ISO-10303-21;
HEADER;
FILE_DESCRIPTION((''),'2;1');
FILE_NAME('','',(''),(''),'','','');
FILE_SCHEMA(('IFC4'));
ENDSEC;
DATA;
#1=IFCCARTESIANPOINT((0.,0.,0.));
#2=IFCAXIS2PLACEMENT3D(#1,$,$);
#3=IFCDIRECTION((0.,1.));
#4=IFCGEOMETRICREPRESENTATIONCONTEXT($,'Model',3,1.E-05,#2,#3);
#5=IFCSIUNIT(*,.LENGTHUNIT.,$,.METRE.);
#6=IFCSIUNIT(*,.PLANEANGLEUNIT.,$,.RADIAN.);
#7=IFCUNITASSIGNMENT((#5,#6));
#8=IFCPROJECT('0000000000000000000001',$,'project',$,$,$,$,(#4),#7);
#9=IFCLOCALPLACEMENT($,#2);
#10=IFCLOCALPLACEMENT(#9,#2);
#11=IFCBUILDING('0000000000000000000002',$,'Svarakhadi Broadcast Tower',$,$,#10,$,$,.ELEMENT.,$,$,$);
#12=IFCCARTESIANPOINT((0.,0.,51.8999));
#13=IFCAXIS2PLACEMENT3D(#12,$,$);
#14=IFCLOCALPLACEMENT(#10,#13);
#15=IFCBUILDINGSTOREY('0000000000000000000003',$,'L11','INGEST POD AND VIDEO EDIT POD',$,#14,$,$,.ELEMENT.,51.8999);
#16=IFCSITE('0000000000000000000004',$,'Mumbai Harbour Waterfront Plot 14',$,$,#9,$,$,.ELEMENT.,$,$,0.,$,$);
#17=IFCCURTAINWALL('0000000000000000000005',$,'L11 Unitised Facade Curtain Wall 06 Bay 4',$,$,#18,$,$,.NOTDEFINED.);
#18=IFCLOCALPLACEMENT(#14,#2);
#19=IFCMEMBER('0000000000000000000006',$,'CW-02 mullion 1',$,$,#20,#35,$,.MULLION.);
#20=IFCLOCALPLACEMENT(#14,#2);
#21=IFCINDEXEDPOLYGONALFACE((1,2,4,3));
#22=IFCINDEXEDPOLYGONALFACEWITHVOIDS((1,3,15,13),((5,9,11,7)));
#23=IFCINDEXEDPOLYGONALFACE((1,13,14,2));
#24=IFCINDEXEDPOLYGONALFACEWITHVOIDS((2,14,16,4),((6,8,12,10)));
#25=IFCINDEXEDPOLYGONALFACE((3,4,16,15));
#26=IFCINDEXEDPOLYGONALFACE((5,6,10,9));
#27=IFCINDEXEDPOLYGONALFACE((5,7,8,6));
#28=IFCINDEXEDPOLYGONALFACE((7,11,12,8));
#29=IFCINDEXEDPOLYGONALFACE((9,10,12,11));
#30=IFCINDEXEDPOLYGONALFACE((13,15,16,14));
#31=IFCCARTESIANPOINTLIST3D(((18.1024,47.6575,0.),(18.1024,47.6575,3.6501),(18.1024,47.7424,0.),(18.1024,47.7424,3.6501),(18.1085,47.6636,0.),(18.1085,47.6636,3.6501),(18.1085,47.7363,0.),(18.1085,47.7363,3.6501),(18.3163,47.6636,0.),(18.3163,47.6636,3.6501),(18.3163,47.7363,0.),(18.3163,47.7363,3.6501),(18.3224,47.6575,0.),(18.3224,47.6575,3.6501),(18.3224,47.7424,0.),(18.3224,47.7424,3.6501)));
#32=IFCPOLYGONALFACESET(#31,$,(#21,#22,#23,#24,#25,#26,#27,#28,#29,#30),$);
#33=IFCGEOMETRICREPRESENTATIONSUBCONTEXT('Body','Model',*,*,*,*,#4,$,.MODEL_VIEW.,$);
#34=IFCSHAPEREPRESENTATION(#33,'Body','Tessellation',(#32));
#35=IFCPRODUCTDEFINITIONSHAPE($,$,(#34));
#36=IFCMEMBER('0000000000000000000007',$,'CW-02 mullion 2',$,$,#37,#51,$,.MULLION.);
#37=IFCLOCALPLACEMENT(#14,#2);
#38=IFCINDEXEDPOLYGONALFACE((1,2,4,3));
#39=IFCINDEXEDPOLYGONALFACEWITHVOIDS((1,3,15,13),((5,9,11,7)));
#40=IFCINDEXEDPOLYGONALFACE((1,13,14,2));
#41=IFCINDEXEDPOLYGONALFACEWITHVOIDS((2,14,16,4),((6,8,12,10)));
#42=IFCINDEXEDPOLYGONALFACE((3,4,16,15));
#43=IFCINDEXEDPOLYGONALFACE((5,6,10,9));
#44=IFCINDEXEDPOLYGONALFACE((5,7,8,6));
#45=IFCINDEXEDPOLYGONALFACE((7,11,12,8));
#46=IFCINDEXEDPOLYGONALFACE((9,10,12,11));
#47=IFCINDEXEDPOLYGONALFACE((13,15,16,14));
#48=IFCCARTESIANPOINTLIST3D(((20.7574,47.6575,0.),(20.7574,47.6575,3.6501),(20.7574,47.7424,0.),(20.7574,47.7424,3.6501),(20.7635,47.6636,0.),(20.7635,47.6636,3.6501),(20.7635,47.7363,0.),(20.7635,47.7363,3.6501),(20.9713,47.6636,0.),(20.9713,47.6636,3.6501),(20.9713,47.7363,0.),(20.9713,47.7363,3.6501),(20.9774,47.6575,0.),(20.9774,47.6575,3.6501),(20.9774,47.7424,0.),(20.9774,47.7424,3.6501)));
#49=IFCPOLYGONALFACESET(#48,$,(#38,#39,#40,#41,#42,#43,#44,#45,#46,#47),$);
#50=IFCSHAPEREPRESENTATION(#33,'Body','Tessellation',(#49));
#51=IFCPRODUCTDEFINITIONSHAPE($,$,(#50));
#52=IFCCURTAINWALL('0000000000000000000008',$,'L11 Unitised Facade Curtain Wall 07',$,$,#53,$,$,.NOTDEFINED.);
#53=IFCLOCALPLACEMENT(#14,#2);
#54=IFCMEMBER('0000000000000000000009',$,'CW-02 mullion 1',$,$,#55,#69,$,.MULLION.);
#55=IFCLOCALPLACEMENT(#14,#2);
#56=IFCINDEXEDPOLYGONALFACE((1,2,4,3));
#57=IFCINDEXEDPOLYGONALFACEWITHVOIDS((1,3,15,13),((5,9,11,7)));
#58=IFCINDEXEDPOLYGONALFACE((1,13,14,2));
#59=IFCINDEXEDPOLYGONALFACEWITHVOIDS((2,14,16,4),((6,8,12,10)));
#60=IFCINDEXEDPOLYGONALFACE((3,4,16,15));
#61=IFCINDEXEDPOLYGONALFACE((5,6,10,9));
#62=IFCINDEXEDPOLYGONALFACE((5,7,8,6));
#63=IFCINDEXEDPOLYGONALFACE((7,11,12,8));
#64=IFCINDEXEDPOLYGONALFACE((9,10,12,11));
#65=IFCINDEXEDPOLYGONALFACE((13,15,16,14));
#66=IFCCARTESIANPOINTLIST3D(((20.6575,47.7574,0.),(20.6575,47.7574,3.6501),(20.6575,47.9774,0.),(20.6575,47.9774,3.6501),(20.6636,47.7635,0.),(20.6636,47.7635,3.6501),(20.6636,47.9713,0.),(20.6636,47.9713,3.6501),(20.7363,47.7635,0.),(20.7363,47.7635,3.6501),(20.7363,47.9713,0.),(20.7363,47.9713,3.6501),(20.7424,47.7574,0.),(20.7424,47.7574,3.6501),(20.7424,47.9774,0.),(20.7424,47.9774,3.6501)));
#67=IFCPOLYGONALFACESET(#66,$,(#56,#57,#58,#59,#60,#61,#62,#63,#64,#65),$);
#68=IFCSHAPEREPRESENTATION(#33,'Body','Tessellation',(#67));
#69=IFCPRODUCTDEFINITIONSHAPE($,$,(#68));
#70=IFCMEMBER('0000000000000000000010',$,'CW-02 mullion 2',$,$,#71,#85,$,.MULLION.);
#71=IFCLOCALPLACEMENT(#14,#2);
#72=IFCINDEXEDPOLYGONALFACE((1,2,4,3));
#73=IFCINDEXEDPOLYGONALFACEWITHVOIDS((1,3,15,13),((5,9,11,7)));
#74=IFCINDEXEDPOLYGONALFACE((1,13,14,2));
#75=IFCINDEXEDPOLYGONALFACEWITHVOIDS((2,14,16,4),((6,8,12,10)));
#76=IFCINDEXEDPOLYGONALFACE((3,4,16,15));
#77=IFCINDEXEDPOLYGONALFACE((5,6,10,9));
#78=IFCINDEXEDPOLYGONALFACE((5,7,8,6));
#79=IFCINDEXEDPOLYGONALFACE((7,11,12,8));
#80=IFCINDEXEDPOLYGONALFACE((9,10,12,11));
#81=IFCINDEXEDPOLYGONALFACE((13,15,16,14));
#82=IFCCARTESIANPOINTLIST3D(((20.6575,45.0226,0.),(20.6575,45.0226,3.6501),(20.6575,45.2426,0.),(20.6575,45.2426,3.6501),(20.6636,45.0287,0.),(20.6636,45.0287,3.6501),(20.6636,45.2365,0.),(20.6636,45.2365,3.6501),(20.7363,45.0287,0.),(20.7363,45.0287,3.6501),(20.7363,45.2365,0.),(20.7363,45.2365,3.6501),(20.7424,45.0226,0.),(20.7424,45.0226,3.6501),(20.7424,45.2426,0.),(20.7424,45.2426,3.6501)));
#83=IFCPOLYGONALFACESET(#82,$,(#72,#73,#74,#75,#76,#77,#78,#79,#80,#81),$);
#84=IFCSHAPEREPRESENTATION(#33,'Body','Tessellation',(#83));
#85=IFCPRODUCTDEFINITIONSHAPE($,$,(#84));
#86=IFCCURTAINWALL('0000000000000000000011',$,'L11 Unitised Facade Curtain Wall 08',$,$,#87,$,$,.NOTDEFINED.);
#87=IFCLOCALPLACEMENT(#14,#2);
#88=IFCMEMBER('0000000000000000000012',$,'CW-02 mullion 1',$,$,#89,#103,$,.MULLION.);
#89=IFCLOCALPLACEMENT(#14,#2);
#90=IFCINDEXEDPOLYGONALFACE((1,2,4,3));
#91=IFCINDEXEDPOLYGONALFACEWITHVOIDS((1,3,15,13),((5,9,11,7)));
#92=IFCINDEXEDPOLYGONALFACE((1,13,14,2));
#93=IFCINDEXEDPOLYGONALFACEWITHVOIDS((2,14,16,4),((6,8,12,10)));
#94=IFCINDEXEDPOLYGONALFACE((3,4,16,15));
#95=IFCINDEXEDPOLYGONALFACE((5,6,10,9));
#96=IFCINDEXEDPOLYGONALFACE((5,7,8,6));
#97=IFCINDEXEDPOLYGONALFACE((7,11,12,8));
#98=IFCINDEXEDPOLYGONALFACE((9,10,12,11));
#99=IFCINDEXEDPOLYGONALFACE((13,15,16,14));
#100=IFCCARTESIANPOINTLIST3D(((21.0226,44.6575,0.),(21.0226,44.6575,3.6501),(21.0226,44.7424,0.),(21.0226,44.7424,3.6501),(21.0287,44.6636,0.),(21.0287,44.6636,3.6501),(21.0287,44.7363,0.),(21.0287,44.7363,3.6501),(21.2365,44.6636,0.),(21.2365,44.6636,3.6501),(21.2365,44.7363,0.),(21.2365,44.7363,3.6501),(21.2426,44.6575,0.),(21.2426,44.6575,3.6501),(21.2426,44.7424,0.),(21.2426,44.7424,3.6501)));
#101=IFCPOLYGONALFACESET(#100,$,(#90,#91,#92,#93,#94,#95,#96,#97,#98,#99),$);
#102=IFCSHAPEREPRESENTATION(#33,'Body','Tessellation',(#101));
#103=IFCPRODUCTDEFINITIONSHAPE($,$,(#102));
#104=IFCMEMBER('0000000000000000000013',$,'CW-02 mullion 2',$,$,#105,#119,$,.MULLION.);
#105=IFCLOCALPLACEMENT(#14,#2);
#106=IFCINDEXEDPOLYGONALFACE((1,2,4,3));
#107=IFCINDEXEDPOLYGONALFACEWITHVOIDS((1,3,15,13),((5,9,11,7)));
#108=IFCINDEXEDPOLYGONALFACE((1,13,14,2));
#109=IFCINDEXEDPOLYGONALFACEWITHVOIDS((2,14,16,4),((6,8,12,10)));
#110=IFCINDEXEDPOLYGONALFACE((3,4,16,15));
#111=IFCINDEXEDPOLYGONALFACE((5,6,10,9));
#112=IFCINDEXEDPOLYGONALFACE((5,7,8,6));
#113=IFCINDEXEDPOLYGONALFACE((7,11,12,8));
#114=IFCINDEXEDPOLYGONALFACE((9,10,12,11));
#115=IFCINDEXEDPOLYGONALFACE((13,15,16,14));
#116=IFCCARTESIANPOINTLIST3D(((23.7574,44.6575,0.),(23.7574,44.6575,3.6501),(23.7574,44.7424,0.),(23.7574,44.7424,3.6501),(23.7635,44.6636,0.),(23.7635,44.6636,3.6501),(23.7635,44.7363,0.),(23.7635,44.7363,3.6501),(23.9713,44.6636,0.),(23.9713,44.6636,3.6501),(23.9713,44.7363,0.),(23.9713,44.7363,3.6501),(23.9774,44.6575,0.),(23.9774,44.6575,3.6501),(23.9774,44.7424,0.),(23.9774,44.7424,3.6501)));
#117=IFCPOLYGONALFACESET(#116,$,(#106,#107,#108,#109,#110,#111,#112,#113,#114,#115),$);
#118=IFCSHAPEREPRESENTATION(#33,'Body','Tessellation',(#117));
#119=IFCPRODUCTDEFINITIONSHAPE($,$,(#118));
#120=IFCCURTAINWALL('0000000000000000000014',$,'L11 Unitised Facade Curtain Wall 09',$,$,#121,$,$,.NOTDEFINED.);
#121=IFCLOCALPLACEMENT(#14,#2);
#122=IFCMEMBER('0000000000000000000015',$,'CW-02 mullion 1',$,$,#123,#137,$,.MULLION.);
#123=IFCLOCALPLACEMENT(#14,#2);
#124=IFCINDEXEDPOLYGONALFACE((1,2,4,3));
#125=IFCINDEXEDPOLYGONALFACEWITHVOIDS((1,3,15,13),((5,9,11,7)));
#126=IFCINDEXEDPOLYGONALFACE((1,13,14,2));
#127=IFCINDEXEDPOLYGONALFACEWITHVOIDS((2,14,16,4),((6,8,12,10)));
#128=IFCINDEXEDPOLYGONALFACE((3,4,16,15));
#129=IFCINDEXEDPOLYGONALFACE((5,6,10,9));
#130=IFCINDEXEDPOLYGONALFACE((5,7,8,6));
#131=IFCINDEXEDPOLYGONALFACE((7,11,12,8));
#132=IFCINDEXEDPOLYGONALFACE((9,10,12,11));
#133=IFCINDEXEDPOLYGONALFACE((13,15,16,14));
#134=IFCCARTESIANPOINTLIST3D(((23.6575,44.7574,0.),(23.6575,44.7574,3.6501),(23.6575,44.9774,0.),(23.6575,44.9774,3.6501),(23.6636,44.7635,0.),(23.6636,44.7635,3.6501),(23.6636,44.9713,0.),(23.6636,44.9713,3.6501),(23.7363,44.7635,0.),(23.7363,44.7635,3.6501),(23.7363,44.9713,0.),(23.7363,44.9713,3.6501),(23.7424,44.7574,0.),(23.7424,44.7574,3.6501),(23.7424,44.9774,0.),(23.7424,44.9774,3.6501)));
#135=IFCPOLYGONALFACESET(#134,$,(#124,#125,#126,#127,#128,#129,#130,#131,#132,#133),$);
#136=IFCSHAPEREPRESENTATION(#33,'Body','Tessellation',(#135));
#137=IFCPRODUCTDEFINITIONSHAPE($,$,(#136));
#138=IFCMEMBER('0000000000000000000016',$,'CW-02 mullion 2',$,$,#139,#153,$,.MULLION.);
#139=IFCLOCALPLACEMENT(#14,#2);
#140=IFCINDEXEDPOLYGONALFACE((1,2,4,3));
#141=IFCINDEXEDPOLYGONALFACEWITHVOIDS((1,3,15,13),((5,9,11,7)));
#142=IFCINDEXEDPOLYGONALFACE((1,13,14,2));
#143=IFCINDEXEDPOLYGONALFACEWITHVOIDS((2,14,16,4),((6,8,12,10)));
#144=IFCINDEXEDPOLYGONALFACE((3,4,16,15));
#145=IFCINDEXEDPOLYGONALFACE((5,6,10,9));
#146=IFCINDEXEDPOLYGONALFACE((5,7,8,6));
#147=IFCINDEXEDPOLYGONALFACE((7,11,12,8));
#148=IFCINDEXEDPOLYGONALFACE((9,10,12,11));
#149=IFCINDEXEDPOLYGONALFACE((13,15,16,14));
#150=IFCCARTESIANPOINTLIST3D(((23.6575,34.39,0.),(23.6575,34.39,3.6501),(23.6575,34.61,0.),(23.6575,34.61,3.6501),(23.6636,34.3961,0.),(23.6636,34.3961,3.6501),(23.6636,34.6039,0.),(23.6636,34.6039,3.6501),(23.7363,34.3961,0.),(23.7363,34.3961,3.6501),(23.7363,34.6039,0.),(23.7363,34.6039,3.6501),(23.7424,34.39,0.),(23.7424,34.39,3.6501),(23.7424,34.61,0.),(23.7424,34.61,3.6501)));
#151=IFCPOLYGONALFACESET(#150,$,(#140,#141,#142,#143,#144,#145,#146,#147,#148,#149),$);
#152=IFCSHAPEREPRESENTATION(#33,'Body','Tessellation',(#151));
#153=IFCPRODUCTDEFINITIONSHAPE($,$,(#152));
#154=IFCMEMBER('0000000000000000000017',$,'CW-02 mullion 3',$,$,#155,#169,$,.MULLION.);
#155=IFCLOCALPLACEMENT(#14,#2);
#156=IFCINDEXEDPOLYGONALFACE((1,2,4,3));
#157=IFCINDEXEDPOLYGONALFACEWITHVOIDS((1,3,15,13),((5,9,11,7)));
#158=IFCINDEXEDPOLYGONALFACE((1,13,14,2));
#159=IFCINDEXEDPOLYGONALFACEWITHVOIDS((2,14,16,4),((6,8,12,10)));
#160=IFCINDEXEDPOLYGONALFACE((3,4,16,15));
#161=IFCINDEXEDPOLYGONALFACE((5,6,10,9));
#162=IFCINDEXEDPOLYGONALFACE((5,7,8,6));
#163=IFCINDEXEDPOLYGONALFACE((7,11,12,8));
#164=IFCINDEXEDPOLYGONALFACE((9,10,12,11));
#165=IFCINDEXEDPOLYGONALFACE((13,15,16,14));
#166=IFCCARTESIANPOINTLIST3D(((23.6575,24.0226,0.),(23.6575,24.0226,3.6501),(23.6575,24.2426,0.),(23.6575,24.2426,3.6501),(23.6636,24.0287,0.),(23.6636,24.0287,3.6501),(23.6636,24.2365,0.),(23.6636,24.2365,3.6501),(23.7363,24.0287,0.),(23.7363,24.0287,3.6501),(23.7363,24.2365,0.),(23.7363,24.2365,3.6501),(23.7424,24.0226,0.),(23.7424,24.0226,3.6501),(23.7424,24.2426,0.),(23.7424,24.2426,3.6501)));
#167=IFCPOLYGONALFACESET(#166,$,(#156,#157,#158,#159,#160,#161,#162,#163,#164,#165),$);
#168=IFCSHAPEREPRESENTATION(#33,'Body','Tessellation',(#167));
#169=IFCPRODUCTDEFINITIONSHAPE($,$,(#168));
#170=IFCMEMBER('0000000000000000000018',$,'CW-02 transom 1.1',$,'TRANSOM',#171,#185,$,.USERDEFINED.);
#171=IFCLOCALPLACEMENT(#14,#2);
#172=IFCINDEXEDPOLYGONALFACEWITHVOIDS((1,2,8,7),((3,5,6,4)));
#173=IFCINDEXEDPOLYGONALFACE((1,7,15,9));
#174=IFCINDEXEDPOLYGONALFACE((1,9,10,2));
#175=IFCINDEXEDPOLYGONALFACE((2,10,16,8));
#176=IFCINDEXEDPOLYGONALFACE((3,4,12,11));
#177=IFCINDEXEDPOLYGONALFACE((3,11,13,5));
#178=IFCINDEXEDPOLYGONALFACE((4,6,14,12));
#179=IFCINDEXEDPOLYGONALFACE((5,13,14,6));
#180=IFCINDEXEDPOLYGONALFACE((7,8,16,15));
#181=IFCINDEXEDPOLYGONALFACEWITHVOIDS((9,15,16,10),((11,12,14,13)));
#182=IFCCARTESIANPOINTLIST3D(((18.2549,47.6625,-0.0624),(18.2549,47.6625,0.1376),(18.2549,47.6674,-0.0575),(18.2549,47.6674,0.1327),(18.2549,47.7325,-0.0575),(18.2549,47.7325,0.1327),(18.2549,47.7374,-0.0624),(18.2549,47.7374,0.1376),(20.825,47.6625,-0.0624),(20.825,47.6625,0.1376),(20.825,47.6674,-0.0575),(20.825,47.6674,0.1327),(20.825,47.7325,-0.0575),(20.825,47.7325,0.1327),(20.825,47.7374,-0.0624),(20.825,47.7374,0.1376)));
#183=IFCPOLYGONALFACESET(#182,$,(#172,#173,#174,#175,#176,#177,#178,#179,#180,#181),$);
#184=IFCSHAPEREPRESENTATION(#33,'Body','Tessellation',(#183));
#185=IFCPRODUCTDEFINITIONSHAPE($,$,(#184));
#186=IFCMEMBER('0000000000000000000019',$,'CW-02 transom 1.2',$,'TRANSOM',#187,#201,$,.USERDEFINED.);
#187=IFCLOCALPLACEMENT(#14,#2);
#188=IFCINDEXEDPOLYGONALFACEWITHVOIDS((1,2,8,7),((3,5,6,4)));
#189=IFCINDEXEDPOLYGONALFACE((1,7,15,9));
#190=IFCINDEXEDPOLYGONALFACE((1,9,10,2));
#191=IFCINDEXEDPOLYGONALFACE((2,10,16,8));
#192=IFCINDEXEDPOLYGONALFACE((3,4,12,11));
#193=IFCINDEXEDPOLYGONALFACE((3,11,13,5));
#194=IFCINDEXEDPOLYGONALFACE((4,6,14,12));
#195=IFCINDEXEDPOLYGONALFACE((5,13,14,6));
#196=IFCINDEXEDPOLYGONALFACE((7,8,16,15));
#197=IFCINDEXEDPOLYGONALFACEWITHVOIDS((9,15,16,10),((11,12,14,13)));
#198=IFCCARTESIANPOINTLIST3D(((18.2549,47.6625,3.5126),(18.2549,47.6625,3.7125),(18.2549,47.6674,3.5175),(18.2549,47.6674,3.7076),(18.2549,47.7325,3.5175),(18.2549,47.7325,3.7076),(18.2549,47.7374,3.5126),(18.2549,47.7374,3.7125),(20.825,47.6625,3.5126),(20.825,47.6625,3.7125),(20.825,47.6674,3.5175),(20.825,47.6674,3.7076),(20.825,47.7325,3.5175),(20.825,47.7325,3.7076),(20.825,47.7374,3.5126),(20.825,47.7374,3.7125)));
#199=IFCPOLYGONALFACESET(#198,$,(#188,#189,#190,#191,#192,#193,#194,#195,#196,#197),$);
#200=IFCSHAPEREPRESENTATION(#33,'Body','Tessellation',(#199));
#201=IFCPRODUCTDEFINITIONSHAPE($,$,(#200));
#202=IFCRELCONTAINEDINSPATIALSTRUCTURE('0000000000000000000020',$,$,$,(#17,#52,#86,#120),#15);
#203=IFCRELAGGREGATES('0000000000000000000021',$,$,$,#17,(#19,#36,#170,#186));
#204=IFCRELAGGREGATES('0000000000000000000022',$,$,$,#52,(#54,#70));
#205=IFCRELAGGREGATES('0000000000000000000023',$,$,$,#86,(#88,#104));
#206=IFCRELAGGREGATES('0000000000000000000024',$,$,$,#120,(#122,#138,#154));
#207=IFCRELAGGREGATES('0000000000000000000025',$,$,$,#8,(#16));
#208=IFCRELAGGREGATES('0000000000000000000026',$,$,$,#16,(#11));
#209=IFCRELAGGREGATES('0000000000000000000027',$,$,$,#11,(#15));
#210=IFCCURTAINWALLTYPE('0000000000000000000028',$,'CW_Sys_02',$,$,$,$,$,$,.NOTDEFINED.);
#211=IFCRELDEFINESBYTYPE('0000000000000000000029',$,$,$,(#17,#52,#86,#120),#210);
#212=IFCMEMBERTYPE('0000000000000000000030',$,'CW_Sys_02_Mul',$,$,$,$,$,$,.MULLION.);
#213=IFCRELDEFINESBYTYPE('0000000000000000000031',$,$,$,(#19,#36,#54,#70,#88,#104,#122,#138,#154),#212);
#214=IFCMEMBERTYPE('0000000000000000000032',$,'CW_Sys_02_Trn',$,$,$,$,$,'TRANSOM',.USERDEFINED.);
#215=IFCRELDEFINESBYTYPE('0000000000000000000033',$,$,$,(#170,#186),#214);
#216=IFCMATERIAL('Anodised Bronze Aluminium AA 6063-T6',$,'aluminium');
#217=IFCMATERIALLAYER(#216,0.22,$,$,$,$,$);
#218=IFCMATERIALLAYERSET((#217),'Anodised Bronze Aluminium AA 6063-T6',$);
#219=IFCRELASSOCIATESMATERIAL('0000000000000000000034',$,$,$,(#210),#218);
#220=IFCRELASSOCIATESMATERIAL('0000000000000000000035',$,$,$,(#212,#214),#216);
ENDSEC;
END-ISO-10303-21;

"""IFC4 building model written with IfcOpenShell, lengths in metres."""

from ifc_helpers import new_model, si_unit, direction, frame, origin, origin_2d, place, context, subcontext, project, spatial, hollow_rectangle, extrude, material, layer, layer_set, material_profile, profile_set, type_object, element, aggregate, save


model = new_model("IFC4")

# Units and contexts
model_context = context("Model", 3, precision=1e-05, world=origin(), true_north=direction((0.0, 1.0)))
body_context = subcontext(model_context, "Body", "Model", "MODEL_VIEW")
ifc_project = project(units=[si_unit("LENGTHUNIT", "METRE"), si_unit("PLANEANGLEUNIT", "RADIAN")], contexts=[model_context])

# Site, building, storey
site_placement = place(None, origin())
site = spatial("IfcSite", under=ifc_project, at=site_placement, Name="Mumbai Harbour Waterfront Plot 14", CompositionType="ELEMENT", RefElevation=0.0)
building_placement = place(site_placement, origin())
building = spatial("IfcBuilding", under=site, at=building_placement, Name="Svarakhadi Broadcast Tower", CompositionType="ELEMENT")
storey_placement = place(building_placement, frame((0.0, 0.0, 51.8999)))
storey = spatial("IfcBuildingStorey", under=building, at=storey_placement, Name="L11", Description="INGEST POD AND VIDEO EDIT POD", CompositionType="ELEMENT", Elevation=51.8999)

# Curtain walls, members
ifc_material_1 = material(Name="Anodised Bronze Aluminium AA 6063-T6", Category="aluminium")
ifc_layer_1 = layer(ifc_material_1, 0.22)
ifc_layer_set_1 = layer_set([ifc_layer_1], Name="Anodised Bronze Aluminium AA 6063-T6")
curtain_wall_type = type_object("IfcCurtainWallType", Name="CW_Sys_02", PredefinedType="NOTDEFINED", material=ifc_layer_set_1)
curtain_wall_1_placement = place(storey_placement, origin())
curtain_wall_1 = element("IfcCurtainWall", 1, at=curtain_wall_1_placement, inside=storey, type_object=curtain_wall_type, Name="L11 Unitised Facade Curtain Wall 06 Bay 4", PredefinedType="NOTDEFINED")
ifc_material_profile_1 = material_profile(ifc_material_1, hollow_rectangle(XDim=0.085, YDim=0.22, WallThickness=0.0061, at=origin_2d()), Name="ALU MULLION 220x85x6")
ifc_profile_set_1 = profile_set([ifc_material_profile_1], Name="Anodised Bronze Aluminium AA 6063-T6")
member_type_1 = type_object("IfcMemberType", Name="CW_Sys_02_Mul", PredefinedType="MULLION", material=ifc_profile_set_1)
member_1_placement = place(storey_placement, frame((18.2124, 47.7, 0.0), z_axis=(0.0, 0.0, 1.0), x_axis=(0.0, 1.0, 0.0)))
member_1 = element("IfcMember", 2, at=member_1_placement, type_object=member_type_1, Name="CW-02 mullion 1", PredefinedType="MULLION", context=body_context, shape_type="SweptSolid", body=[
    extrude(hollow_rectangle(XDim=0.085, YDim=0.22, WallThickness=0.0061, at=origin_2d()), origin(), (0.0, 0.0, 1.0), 3.6501),
])
member_2_placement = place(storey_placement, frame((20.8674, 47.7, 0.0), z_axis=(0.0, 0.0, 1.0), x_axis=(0.0, 1.0, 0.0)))
member_2 = element("IfcMember", 3, at=member_2_placement, type_object=member_type_1, Name="CW-02 mullion 2", PredefinedType="MULLION", context=body_context, shape_type="SweptSolid", body=[
    extrude(hollow_rectangle(XDim=0.085, YDim=0.22, WallThickness=0.0061, at=origin_2d()), origin(), (0.0, 0.0, 1.0), 3.6501),
])
curtain_wall_2_placement = place(storey_placement, origin())
curtain_wall_2 = element("IfcCurtainWall", 4, at=curtain_wall_2_placement, inside=storey, type_object=curtain_wall_type, Name="L11 Unitised Facade Curtain Wall 07", PredefinedType="NOTDEFINED")
member_3_placement = place(storey_placement, frame((20.7, 47.8674, 0.0), z_axis=(0.0, 0.0, 1.0), x_axis=(1.0, 0.0, 0.0)))
member_3 = element("IfcMember", 5, at=member_3_placement, type_object=member_type_1, Name="CW-02 mullion 1", PredefinedType="MULLION", context=body_context, shape_type="SweptSolid", body=[
    extrude(hollow_rectangle(XDim=0.085, YDim=0.22, WallThickness=0.0061, at=origin_2d()), origin(), (0.0, 0.0, 1.0), 3.6501),
])
member_4_placement = place(storey_placement, frame((20.7, 45.1326, 0.0), z_axis=(0.0, 0.0, 1.0), x_axis=(1.0, 0.0, 0.0)))
member_4 = element("IfcMember", 6, at=member_4_placement, type_object=member_type_1, Name="CW-02 mullion 2", PredefinedType="MULLION", context=body_context, shape_type="SweptSolid", body=[
    extrude(hollow_rectangle(XDim=0.085, YDim=0.22, WallThickness=0.0061, at=origin_2d()), origin(), (0.0, 0.0, 1.0), 3.6501),
])
curtain_wall_3_placement = place(storey_placement, origin())
curtain_wall_3 = element("IfcCurtainWall", 7, at=curtain_wall_3_placement, inside=storey, type_object=curtain_wall_type, Name="L11 Unitised Facade Curtain Wall 08", PredefinedType="NOTDEFINED")
member_5_placement = place(storey_placement, frame((21.1326, 44.7, 0.0), z_axis=(0.0, 0.0, 1.0), x_axis=(0.0, 1.0, 0.0)))
member_5 = element("IfcMember", 8, at=member_5_placement, type_object=member_type_1, Name="CW-02 mullion 1", PredefinedType="MULLION", context=body_context, shape_type="SweptSolid", body=[
    extrude(hollow_rectangle(XDim=0.085, YDim=0.22, WallThickness=0.0061, at=origin_2d()), origin(), (0.0, 0.0, 1.0), 3.6501),
])
member_6_placement = place(storey_placement, frame((23.8674, 44.7, 0.0), z_axis=(0.0, 0.0, 1.0), x_axis=(0.0, 1.0, 0.0)))
member_6 = element("IfcMember", 9, at=member_6_placement, type_object=member_type_1, Name="CW-02 mullion 2", PredefinedType="MULLION", context=body_context, shape_type="SweptSolid", body=[
    extrude(hollow_rectangle(XDim=0.085, YDim=0.22, WallThickness=0.0061, at=origin_2d()), origin(), (0.0, 0.0, 1.0), 3.6501),
])
curtain_wall_4_placement = place(storey_placement, origin())
curtain_wall_4 = element("IfcCurtainWall", 10, at=curtain_wall_4_placement, inside=storey, type_object=curtain_wall_type, Name="L11 Unitised Facade Curtain Wall 09", PredefinedType="NOTDEFINED")
member_7_placement = place(storey_placement, frame((23.7, 44.8674, 0.0), z_axis=(0.0, 0.0, 1.0), x_axis=(1.0, 0.0, 0.0)))
member_7 = element("IfcMember", 11, at=member_7_placement, type_object=member_type_1, Name="CW-02 mullion 1", PredefinedType="MULLION", context=body_context, shape_type="SweptSolid", body=[
    extrude(hollow_rectangle(XDim=0.085, YDim=0.22, WallThickness=0.0061, at=origin_2d()), origin(), (0.0, 0.0, 1.0), 3.6501),
])
member_8_placement = place(storey_placement, frame((23.7, 34.5, 0.0), z_axis=(0.0, 0.0, 1.0), x_axis=(1.0, 0.0, 0.0)))
member_8 = element("IfcMember", 12, at=member_8_placement, type_object=member_type_1, Name="CW-02 mullion 2", PredefinedType="MULLION", context=body_context, shape_type="SweptSolid", body=[
    extrude(hollow_rectangle(XDim=0.085, YDim=0.22, WallThickness=0.0061, at=origin_2d()), origin(), (0.0, 0.0, 1.0), 3.6501),
])
member_9_placement = place(storey_placement, frame((23.7, 24.1326, 0.0), z_axis=(0.0, 0.0, 1.0), x_axis=(1.0, 0.0, 0.0)))
member_9 = element("IfcMember", 13, at=member_9_placement, type_object=member_type_1, Name="CW-02 mullion 3", PredefinedType="MULLION", context=body_context, shape_type="SweptSolid", body=[
    extrude(hollow_rectangle(XDim=0.085, YDim=0.22, WallThickness=0.0061, at=origin_2d()), origin(), (0.0, 0.0, 1.0), 3.6501),
])

# Members
ifc_material_profile_2 = material_profile(ifc_material_1, hollow_rectangle(XDim=0.075, YDim=0.2, WallThickness=0.0049, at=origin_2d()), Name="ALU TRANSOM 200x75x5")
ifc_profile_set_2 = profile_set([ifc_material_profile_2], Name="Anodised Bronze Aluminium AA 6063-T6")
member_type_2 = type_object("IfcMemberType", Name="CW_Sys_02_Trn", ElementType="TRANSOM", PredefinedType="USERDEFINED", material=ifc_profile_set_2)
member_10_placement = place(storey_placement, frame((18.2549, 47.7, 0.0376), z_axis=(1.0, 0.0, 0.0), x_axis=(0.0, 1.0, 0.0)))
member_10 = element("IfcMember", 14, at=member_10_placement, type_object=member_type_2, Name="CW-02 transom 1.1", ObjectType="TRANSOM", PredefinedType="USERDEFINED", context=body_context, shape_type="SweptSolid", body=[
    extrude(hollow_rectangle(XDim=0.075, YDim=0.2, WallThickness=0.0049, at=origin_2d()), origin(), (0.0, 0.0, 1.0), 2.5701),
])
member_11_placement = place(storey_placement, frame((18.2549, 47.7, 3.6125), z_axis=(1.0, 0.0, 0.0), x_axis=(0.0, 1.0, 0.0)))
member_11 = element("IfcMember", 15, at=member_11_placement, type_object=member_type_2, Name="CW-02 transom 1.2", ObjectType="TRANSOM", PredefinedType="USERDEFINED", context=body_context, shape_type="SweptSolid", body=[
    extrude(hollow_rectangle(XDim=0.075, YDim=0.2, WallThickness=0.0049, at=origin_2d()), origin(), (0.0, 0.0, 1.0), 2.5701),
])

aggregate(curtain_wall_1, [member_1, member_2, member_10, member_11])
aggregate(curtain_wall_2, [member_3, member_4])
aggregate(curtain_wall_3, [member_5, member_6])
aggregate(curtain_wall_4, [member_7, member_8, member_9])

save(model, "model.ifc")
